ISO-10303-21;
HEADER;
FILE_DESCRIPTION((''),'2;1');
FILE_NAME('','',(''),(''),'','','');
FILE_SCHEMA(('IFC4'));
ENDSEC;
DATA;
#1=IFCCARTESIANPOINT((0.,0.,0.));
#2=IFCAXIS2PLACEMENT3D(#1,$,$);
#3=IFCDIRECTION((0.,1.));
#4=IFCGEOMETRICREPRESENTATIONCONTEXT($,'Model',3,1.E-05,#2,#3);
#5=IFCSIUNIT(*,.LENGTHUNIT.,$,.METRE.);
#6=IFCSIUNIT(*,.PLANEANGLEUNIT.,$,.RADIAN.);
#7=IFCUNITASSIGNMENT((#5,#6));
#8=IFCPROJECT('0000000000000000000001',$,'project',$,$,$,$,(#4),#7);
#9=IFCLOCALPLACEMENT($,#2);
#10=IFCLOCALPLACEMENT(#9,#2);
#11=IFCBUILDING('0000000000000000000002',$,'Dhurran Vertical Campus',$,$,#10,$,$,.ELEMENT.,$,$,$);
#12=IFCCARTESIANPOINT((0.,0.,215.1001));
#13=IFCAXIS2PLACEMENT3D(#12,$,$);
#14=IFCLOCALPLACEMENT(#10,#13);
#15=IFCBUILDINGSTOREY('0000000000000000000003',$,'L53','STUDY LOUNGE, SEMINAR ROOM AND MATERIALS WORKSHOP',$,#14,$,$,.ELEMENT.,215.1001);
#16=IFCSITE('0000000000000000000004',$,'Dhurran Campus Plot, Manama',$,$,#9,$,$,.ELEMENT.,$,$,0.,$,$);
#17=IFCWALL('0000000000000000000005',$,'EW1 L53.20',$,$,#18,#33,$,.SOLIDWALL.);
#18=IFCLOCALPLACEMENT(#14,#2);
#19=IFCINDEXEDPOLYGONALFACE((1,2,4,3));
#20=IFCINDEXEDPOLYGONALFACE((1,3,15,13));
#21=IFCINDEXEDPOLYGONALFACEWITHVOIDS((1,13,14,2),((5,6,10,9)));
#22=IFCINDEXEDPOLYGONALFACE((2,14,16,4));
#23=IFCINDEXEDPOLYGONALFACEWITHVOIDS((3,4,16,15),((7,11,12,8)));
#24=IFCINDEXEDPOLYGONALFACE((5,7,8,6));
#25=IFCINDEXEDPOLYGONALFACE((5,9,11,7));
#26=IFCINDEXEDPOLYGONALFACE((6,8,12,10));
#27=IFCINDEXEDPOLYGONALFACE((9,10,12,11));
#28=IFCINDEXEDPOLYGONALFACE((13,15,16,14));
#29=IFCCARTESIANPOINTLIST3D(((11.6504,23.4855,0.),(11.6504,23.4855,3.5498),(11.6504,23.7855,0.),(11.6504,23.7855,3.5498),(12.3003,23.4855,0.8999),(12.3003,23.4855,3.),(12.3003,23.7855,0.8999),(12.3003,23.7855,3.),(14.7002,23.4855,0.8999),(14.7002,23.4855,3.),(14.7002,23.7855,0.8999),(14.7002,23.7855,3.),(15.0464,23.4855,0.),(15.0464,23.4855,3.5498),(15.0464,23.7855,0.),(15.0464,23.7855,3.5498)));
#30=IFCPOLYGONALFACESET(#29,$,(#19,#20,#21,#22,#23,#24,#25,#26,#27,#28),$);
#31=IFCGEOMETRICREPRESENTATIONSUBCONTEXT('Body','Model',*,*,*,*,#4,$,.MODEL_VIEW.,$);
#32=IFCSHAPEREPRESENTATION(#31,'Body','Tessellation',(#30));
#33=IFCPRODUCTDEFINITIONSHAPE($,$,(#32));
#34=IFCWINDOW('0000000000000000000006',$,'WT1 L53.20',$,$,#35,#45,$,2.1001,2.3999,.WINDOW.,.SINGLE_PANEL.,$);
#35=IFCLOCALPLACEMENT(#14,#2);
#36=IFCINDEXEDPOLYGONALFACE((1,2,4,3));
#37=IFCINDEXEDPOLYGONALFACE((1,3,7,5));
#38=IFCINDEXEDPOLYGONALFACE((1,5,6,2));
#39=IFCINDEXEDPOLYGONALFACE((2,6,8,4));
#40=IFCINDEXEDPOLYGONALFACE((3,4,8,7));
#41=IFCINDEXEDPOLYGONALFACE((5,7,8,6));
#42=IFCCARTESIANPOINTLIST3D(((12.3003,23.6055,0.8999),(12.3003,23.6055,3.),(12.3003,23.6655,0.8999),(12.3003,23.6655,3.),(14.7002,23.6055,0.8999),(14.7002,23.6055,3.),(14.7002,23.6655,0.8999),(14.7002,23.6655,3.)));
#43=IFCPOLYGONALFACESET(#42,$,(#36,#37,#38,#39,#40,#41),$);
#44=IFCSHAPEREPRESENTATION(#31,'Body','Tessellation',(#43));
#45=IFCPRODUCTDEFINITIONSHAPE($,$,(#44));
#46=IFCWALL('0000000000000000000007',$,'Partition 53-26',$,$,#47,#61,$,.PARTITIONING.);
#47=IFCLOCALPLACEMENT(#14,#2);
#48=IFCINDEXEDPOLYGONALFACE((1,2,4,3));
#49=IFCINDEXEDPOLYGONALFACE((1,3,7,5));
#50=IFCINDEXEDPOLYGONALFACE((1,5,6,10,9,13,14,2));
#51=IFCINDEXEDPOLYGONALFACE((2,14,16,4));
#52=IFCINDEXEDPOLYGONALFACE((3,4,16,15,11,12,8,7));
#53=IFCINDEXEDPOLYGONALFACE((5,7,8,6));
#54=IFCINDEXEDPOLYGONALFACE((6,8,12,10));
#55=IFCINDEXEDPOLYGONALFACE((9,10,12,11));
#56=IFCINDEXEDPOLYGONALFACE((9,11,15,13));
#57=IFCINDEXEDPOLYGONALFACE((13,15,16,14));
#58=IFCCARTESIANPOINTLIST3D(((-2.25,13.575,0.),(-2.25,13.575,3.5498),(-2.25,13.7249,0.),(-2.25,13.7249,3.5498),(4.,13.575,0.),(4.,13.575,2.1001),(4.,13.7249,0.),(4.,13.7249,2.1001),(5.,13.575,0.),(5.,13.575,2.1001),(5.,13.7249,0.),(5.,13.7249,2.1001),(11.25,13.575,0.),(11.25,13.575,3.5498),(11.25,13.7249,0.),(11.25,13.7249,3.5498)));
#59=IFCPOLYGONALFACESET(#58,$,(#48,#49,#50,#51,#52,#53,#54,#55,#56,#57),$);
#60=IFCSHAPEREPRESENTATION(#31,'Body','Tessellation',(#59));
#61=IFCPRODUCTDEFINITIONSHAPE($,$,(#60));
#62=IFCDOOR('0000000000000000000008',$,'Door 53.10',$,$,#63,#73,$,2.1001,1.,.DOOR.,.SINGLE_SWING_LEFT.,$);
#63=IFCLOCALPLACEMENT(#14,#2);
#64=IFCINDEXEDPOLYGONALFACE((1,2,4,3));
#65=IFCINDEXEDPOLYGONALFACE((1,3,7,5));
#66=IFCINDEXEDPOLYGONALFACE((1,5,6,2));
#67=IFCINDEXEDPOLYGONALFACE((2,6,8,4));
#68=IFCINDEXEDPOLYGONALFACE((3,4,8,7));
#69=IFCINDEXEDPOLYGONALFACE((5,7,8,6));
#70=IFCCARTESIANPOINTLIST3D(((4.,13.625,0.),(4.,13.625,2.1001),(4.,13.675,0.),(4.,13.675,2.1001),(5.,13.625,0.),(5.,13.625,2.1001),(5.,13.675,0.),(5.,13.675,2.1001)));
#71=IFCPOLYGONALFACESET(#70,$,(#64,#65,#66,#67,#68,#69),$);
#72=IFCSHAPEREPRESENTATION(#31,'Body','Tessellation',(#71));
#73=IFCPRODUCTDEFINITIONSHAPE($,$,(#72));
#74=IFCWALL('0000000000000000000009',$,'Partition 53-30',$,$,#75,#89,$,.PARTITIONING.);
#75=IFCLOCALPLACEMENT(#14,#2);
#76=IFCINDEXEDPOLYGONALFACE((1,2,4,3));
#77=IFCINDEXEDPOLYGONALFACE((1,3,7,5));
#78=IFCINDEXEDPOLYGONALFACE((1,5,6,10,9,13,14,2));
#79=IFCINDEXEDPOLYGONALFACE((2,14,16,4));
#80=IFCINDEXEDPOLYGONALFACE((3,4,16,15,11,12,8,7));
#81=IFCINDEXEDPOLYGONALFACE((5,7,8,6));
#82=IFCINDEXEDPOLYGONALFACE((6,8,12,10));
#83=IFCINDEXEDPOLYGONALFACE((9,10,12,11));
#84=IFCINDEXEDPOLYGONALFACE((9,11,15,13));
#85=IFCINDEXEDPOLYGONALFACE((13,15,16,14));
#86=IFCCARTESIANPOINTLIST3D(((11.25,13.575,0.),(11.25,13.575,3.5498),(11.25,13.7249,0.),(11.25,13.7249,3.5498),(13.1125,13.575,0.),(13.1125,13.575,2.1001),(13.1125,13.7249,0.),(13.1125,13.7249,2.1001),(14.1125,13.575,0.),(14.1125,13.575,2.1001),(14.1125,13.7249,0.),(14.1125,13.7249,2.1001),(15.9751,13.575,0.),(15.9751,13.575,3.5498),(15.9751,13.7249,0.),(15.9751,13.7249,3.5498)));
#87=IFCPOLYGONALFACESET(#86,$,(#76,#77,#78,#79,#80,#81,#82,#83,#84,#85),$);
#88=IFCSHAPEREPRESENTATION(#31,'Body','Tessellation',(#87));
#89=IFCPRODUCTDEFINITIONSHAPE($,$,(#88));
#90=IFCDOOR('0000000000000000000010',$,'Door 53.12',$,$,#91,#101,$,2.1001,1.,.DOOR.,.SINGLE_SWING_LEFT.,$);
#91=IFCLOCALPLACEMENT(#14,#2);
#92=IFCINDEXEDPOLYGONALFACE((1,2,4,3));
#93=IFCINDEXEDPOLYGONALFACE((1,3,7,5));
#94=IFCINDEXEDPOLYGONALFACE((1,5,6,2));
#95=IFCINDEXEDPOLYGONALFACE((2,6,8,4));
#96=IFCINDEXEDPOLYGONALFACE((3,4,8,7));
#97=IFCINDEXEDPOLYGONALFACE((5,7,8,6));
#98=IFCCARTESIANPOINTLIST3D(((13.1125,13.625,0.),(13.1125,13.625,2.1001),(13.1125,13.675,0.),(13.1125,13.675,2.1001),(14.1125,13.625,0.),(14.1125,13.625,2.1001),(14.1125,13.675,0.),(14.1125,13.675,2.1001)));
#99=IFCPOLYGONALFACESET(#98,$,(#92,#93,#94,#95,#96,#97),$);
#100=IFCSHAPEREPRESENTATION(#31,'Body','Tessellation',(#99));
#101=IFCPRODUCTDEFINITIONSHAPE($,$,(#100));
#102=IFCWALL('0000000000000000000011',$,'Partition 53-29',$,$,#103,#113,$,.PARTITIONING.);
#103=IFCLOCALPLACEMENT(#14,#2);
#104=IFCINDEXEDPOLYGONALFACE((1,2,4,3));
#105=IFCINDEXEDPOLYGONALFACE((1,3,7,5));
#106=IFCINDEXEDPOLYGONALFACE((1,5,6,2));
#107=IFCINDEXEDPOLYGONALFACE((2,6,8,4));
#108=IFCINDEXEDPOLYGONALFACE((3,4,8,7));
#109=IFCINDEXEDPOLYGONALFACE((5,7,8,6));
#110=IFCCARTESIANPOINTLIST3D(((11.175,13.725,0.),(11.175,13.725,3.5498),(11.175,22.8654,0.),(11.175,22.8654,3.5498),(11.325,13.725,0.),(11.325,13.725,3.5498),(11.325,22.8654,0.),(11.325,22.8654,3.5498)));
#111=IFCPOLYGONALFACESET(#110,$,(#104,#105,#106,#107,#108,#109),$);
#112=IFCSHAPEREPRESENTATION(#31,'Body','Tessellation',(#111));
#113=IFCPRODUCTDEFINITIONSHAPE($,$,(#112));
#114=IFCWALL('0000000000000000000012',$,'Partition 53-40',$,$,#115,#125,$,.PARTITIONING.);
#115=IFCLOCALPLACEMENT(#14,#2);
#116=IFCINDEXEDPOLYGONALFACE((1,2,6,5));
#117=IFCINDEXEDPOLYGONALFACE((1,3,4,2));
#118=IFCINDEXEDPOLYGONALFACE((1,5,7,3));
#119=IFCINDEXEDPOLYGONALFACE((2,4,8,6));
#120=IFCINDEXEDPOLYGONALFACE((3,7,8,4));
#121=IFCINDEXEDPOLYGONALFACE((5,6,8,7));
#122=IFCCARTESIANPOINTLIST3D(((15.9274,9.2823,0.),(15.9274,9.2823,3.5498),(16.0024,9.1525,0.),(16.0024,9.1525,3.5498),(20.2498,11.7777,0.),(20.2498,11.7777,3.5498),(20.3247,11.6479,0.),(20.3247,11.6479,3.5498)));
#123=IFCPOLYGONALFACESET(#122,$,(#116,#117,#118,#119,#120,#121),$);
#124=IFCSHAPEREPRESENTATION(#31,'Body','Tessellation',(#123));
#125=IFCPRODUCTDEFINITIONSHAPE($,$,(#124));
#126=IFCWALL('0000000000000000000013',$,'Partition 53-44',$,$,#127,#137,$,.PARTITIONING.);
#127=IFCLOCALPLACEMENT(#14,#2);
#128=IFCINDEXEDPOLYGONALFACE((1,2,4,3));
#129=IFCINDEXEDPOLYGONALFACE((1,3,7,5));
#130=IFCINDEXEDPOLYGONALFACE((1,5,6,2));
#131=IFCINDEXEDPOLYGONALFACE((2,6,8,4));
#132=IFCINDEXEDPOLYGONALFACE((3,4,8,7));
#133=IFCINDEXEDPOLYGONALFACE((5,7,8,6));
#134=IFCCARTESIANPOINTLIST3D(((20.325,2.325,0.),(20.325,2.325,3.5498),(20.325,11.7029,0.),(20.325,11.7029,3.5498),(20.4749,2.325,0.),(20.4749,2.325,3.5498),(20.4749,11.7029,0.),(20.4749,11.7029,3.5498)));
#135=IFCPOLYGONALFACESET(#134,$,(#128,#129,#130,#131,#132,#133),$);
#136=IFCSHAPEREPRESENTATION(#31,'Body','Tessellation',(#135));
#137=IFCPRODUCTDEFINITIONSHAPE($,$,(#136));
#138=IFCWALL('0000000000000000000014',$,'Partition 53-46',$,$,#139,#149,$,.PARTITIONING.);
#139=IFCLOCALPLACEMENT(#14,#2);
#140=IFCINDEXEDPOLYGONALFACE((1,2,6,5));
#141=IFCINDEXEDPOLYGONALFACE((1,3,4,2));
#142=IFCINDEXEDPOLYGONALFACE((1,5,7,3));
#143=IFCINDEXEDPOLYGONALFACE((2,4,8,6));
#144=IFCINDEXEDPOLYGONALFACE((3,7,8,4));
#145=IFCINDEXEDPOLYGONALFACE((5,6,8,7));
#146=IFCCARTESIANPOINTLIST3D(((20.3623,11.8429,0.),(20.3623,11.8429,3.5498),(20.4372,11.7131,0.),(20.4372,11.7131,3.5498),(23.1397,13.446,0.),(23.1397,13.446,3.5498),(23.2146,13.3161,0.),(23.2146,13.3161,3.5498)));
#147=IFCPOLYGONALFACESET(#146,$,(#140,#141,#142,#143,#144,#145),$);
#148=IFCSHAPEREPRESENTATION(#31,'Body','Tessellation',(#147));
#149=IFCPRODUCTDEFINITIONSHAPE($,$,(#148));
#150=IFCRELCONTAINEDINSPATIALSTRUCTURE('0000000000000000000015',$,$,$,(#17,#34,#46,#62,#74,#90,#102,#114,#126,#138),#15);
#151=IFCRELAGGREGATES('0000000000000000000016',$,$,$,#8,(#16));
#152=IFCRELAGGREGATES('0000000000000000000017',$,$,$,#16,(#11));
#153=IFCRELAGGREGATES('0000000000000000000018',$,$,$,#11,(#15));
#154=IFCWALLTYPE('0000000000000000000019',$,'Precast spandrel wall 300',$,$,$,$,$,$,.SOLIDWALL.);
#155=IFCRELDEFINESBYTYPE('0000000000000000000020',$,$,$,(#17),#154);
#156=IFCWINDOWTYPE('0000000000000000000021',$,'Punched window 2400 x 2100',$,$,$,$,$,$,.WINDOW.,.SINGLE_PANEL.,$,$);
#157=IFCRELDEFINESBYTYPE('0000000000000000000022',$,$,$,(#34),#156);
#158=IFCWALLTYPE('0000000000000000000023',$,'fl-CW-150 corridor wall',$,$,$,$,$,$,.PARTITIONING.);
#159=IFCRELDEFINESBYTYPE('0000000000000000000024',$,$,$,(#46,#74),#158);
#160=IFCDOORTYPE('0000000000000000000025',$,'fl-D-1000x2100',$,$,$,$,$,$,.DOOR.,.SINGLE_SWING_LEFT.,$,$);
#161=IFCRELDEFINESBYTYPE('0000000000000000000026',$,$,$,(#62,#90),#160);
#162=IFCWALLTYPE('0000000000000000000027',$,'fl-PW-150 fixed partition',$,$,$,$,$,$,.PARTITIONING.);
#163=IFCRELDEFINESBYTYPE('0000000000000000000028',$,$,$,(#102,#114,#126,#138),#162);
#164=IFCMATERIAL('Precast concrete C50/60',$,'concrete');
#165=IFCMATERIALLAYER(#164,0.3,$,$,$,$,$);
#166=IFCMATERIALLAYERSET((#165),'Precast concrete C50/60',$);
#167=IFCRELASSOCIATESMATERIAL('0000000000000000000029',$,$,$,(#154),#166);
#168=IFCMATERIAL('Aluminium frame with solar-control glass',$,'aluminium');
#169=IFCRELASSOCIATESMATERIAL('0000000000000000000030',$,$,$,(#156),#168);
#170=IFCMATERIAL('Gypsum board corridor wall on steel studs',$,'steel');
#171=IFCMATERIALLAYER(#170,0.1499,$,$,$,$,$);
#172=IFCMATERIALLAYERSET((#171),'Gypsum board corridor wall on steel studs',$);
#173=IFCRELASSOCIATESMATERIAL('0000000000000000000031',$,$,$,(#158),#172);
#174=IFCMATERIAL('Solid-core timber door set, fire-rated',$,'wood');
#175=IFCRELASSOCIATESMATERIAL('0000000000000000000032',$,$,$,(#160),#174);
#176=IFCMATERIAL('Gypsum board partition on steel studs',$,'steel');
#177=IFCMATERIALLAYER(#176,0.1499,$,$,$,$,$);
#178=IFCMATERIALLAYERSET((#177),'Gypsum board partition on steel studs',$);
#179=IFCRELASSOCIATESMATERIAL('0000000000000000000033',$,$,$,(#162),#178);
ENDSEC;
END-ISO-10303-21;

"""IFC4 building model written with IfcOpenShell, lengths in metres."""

from ifc_helpers import new_model, si_unit, direction, frame, frame_2d, origin, place, context, subcontext, project, spatial, rectangle, extrude, material, layer, layer_set, type_object, element, fill, save


model = new_model("IFC4")

# Units and contexts
model_context = context("Model", 3, precision=1e-05, world=origin(), true_north=direction((0.0, 1.0)))
body_context = subcontext(model_context, "Body", "Model", "MODEL_VIEW")
ifc_project = project(units=[si_unit("LENGTHUNIT", "METRE"), si_unit("PLANEANGLEUNIT", "RADIAN")], contexts=[model_context])

# Site, building, storey
site_placement = place(None, origin())
site = spatial("IfcSite", under=ifc_project, at=site_placement, Name="Dhurran Campus Plot, Manama", CompositionType="ELEMENT", RefElevation=0.0)
building_placement = place(site_placement, origin())
building = spatial("IfcBuilding", under=site, at=building_placement, Name="Dhurran Vertical Campus", CompositionType="ELEMENT")
storey_placement = place(building_placement, frame((0.0, 0.0, 215.1001)))
storey = spatial("IfcBuildingStorey", under=building, at=storey_placement, Name="L53", Description="STUDY LOUNGE, SEMINAR ROOM AND MATERIALS WORKSHOP", CompositionType="ELEMENT", Elevation=215.1001)

# Wall, opening, window
ifc_material_1 = material(Name="Precast concrete C50/60", Category="concrete")
ifc_layer_1 = layer(ifc_material_1, 0.3)
ifc_layer_set_1 = layer_set([ifc_layer_1], Name="Precast concrete C50/60")
wall_type_1 = type_object("IfcWallType", Name="Precast spandrel wall 300", PredefinedType="SOLIDWALL", material=ifc_layer_set_1)
ifc_material_2 = material(Name="Aluminium frame with solar-control glass", Category="aluminium")
window_type = type_object("IfcWindowType", Name="Punched window 2400 x 2100", PartitioningType="SINGLE_PANEL", PredefinedType="WINDOW", material=ifc_material_2)
wall_1_placement = place(storey_placement, frame((15.0464, 23.6355, 0.0), z_axis=(0.0, 0.0, 1.0), x_axis=(-1.0, 0.0, 0.0)))
wall_1 = element("IfcWall", 1, at=wall_1_placement, inside=storey, type_object=wall_type_1, Name="EW1 L53.20", PredefinedType="SOLIDWALL", context=body_context, shape_type="SweptSolid", body=[
    extrude(rectangle(XDim=3.396, YDim=0.3, at=frame_2d((1.698, 0.0))), origin(), (0.0, 0.0, 1.0), 3.5498),
])
opening_1_placement = place(wall_1_placement, frame((0.3462, 0.0, 0.8999)))
opening_1 = element("IfcOpeningElement", 2, at=opening_1_placement, cuts=wall_1, PredefinedType="OPENING", context=body_context, shape_type="SweptSolid", body=[
    extrude(rectangle(XDim=2.3999, YDim=2.1001, at=frame_2d((1.2, 1.05))), frame((0.0, 0.1599, 0.0), z_axis=(0.0, -1.0, 0.0), x_axis=(1.0, 0.0, 0.0)), (0.0, 0.0, 1.0), 0.3201),
])
window_1_placement = place(opening_1_placement, origin())
window_1 = element("IfcWindow", 3, at=window_1_placement, inside=storey, type_object=window_type, Name="WT1 L53.20", OverallHeight=2.1001, OverallWidth=2.3999, PartitioningType="SINGLE_PANEL", PredefinedType="WINDOW", context=body_context, shape_type="SweptSolid", body=[
    extrude(rectangle(XDim=2.3999, YDim=2.1001, at=frame_2d((1.2, 1.05))), frame((0.0, 0.03, 0.0), z_axis=(0.0, -1.0, 0.0), x_axis=(1.0, 0.0, 0.0)), (0.0, 0.0, 1.0), 0.0601),
])
fill(opening_1, window_1)

# Walls, openings, doors
ifc_material_3 = material(Name="Gypsum board corridor wall on steel studs", Category="steel")
ifc_layer_2 = layer(ifc_material_3, 0.1499)
ifc_layer_set_2 = layer_set([ifc_layer_2], Name="Gypsum board corridor wall on steel studs")
wall_type_2 = type_object("IfcWallType", Name="fl-CW-150 corridor wall", PredefinedType="PARTITIONING", material=ifc_layer_set_2)
wall_2_placement = place(storey_placement, frame((11.25, 13.6499, 0.0), z_axis=(0.0, 0.0, 1.0), x_axis=(-1.0, 0.0, 0.0)))
wall_2 = element("IfcWall", 4, at=wall_2_placement, inside=storey, type_object=wall_type_2, Name="Partition 53-26", PredefinedType="PARTITIONING", context=body_context, shape_type="SweptSolid", body=[
    extrude(rectangle(XDim=13.5, YDim=0.1499, at=frame_2d((6.75, 0.0))), origin(), (0.0, 0.0, 1.0), 3.5498),
])
opening_2_placement = place(wall_2_placement, frame((6.25, 0.0, 0.0)))
opening_2 = element("IfcOpeningElement", 5, at=opening_2_placement, cuts=wall_2, PredefinedType="OPENING", context=body_context, shape_type="SweptSolid", body=[
    extrude(rectangle(XDim=1.0, YDim=2.1001, at=frame_2d((0.5, 1.05))), frame((0.0, 0.085, 0.0), z_axis=(0.0, -1.0, 0.0), x_axis=(1.0, 0.0, 0.0)), (0.0, 0.0, 1.0), 0.1699),
])
ifc_material_4 = material(Name="Solid-core timber door set, fire-rated", Category="wood")
door_type = type_object("IfcDoorType", Name="fl-D-1000x2100", OperationType="SINGLE_SWING_LEFT", PredefinedType="DOOR", material=ifc_material_4)
door_1_placement = place(opening_2_placement, origin())
door_1 = element("IfcDoor", 6, at=door_1_placement, inside=storey, type_object=door_type, Name="Door 53.10", OperationType="SINGLE_SWING_LEFT", OverallHeight=2.1001, OverallWidth=1.0, PredefinedType="DOOR", context=body_context, shape_type="SweptSolid", body=[
    extrude(rectangle(XDim=1.0, YDim=2.1001, at=frame_2d((0.5, 1.05))), frame((0.0, 0.0249, 0.0), z_axis=(0.0, -1.0, 0.0), x_axis=(1.0, 0.0, 0.0)), (0.0, 0.0, 1.0), 0.05),
])
fill(opening_2, door_1)
wall_3_placement = place(storey_placement, frame((15.9751, 13.6499, 0.0), z_axis=(0.0, 0.0, 1.0), x_axis=(-1.0, 0.0, 0.0)))
wall_3 = element("IfcWall", 7, at=wall_3_placement, inside=storey, type_object=wall_type_2, Name="Partition 53-30", PredefinedType="PARTITIONING", context=body_context, shape_type="SweptSolid", body=[
    extrude(rectangle(XDim=4.7251, YDim=0.1499, at=frame_2d((2.3625, 0.0))), origin(), (0.0, 0.0, 1.0), 3.5498),
])
opening_3_placement = place(wall_3_placement, frame((1.8625, 0.0, 0.0)))
opening_3 = element("IfcOpeningElement", 8, at=opening_3_placement, cuts=wall_3, PredefinedType="OPENING", context=body_context, shape_type="SweptSolid", body=[
    extrude(rectangle(XDim=1.0, YDim=2.1001, at=frame_2d((0.5, 1.05))), frame((0.0, 0.085, 0.0), z_axis=(0.0, -1.0, 0.0), x_axis=(1.0, 0.0, 0.0)), (0.0, 0.0, 1.0), 0.1699),
])
door_2_placement = place(opening_3_placement, origin())
door_2 = element("IfcDoor", 9, at=door_2_placement, inside=storey, type_object=door_type, Name="Door 53.12", OperationType="SINGLE_SWING_LEFT", OverallHeight=2.1001, OverallWidth=1.0, PredefinedType="DOOR", context=body_context, shape_type="SweptSolid", body=[
    extrude(rectangle(XDim=1.0, YDim=2.1001, at=frame_2d((0.5, 1.05))), frame((0.0, 0.0249, 0.0), z_axis=(0.0, -1.0, 0.0), x_axis=(1.0, 0.0, 0.0)), (0.0, 0.0, 1.0), 0.05),
])
fill(opening_3, door_2)

# Walls
ifc_material_5 = material(Name="Gypsum board partition on steel studs", Category="steel")
ifc_layer_3 = layer(ifc_material_5, 0.1499)
ifc_layer_set_3 = layer_set([ifc_layer_3], Name="Gypsum board partition on steel studs")
wall_type_3 = type_object("IfcWallType", Name="fl-PW-150 fixed partition", PredefinedType="PARTITIONING", material=ifc_layer_set_3)
wall_4_placement = place(storey_placement, frame((11.25, 22.8655, 0.0), z_axis=(0.0, 0.0, 1.0), x_axis=(0.0, -1.0, 0.0)))
element("IfcWall", 10, at=wall_4_placement, inside=storey, type_object=wall_type_3, Name="Partition 53-29", PredefinedType="PARTITIONING", context=body_context, shape_type="SweptSolid", body=[
    extrude(rectangle(XDim=9.1404, YDim=0.1499, at=frame_2d((4.5703, 0.0))), origin(), (0.0, 0.0, 1.0), 3.5498),
])
wall_5_placement = place(storey_placement, frame((20.2874, 11.7129, 0.0), z_axis=(0.0, 0.0, 1.0), x_axis=(-0.866034, -0.499985, 0.0)))
element("IfcWall", 11, at=wall_5_placement, inside=storey, type_object=wall_type_3, Name="Partition 53-40", PredefinedType="PARTITIONING", context=body_context, shape_type="SweptSolid", body=[
    extrude(rectangle(XDim=4.991, YDim=0.1499, at=frame_2d((2.4956, 0.0))), origin(), (0.0, 0.0, 1.0), 3.5498),
])
wall_6_placement = place(storey_placement, frame((20.3999, 11.7029, 0.0), z_axis=(0.0, 0.0, 1.0), x_axis=(0.0, -1.0, 0.0)))
element("IfcWall", 12, at=wall_6_placement, inside=storey, type_object=wall_type_3, Name="Partition 53-44", PredefinedType="PARTITIONING", context=body_context, shape_type="SweptSolid", body=[
    extrude(rectangle(XDim=9.3779, YDim=0.1499, at=frame_2d((4.689, 0.0))), origin(), (0.0, 0.0, 1.0), 3.5498),
])
wall_7_placement = place(storey_placement, frame((23.1772, 13.3811, 0.0), z_axis=(0.0, 0.0, 1.0), x_axis=(-0.866089, -0.499889, 0.0)))
element("IfcWall", 13, at=wall_7_placement, inside=storey, type_object=wall_type_3, Name="Partition 53-46", PredefinedType="PARTITIONING", context=body_context, shape_type="SweptSolid", body=[
    extrude(rectangle(XDim=3.2068, YDim=0.1499, at=frame_2d((1.6035, 0.0))), origin(), (0.0, 0.0, 1.0), 3.5498),
])

save(model, "model.ifc")
